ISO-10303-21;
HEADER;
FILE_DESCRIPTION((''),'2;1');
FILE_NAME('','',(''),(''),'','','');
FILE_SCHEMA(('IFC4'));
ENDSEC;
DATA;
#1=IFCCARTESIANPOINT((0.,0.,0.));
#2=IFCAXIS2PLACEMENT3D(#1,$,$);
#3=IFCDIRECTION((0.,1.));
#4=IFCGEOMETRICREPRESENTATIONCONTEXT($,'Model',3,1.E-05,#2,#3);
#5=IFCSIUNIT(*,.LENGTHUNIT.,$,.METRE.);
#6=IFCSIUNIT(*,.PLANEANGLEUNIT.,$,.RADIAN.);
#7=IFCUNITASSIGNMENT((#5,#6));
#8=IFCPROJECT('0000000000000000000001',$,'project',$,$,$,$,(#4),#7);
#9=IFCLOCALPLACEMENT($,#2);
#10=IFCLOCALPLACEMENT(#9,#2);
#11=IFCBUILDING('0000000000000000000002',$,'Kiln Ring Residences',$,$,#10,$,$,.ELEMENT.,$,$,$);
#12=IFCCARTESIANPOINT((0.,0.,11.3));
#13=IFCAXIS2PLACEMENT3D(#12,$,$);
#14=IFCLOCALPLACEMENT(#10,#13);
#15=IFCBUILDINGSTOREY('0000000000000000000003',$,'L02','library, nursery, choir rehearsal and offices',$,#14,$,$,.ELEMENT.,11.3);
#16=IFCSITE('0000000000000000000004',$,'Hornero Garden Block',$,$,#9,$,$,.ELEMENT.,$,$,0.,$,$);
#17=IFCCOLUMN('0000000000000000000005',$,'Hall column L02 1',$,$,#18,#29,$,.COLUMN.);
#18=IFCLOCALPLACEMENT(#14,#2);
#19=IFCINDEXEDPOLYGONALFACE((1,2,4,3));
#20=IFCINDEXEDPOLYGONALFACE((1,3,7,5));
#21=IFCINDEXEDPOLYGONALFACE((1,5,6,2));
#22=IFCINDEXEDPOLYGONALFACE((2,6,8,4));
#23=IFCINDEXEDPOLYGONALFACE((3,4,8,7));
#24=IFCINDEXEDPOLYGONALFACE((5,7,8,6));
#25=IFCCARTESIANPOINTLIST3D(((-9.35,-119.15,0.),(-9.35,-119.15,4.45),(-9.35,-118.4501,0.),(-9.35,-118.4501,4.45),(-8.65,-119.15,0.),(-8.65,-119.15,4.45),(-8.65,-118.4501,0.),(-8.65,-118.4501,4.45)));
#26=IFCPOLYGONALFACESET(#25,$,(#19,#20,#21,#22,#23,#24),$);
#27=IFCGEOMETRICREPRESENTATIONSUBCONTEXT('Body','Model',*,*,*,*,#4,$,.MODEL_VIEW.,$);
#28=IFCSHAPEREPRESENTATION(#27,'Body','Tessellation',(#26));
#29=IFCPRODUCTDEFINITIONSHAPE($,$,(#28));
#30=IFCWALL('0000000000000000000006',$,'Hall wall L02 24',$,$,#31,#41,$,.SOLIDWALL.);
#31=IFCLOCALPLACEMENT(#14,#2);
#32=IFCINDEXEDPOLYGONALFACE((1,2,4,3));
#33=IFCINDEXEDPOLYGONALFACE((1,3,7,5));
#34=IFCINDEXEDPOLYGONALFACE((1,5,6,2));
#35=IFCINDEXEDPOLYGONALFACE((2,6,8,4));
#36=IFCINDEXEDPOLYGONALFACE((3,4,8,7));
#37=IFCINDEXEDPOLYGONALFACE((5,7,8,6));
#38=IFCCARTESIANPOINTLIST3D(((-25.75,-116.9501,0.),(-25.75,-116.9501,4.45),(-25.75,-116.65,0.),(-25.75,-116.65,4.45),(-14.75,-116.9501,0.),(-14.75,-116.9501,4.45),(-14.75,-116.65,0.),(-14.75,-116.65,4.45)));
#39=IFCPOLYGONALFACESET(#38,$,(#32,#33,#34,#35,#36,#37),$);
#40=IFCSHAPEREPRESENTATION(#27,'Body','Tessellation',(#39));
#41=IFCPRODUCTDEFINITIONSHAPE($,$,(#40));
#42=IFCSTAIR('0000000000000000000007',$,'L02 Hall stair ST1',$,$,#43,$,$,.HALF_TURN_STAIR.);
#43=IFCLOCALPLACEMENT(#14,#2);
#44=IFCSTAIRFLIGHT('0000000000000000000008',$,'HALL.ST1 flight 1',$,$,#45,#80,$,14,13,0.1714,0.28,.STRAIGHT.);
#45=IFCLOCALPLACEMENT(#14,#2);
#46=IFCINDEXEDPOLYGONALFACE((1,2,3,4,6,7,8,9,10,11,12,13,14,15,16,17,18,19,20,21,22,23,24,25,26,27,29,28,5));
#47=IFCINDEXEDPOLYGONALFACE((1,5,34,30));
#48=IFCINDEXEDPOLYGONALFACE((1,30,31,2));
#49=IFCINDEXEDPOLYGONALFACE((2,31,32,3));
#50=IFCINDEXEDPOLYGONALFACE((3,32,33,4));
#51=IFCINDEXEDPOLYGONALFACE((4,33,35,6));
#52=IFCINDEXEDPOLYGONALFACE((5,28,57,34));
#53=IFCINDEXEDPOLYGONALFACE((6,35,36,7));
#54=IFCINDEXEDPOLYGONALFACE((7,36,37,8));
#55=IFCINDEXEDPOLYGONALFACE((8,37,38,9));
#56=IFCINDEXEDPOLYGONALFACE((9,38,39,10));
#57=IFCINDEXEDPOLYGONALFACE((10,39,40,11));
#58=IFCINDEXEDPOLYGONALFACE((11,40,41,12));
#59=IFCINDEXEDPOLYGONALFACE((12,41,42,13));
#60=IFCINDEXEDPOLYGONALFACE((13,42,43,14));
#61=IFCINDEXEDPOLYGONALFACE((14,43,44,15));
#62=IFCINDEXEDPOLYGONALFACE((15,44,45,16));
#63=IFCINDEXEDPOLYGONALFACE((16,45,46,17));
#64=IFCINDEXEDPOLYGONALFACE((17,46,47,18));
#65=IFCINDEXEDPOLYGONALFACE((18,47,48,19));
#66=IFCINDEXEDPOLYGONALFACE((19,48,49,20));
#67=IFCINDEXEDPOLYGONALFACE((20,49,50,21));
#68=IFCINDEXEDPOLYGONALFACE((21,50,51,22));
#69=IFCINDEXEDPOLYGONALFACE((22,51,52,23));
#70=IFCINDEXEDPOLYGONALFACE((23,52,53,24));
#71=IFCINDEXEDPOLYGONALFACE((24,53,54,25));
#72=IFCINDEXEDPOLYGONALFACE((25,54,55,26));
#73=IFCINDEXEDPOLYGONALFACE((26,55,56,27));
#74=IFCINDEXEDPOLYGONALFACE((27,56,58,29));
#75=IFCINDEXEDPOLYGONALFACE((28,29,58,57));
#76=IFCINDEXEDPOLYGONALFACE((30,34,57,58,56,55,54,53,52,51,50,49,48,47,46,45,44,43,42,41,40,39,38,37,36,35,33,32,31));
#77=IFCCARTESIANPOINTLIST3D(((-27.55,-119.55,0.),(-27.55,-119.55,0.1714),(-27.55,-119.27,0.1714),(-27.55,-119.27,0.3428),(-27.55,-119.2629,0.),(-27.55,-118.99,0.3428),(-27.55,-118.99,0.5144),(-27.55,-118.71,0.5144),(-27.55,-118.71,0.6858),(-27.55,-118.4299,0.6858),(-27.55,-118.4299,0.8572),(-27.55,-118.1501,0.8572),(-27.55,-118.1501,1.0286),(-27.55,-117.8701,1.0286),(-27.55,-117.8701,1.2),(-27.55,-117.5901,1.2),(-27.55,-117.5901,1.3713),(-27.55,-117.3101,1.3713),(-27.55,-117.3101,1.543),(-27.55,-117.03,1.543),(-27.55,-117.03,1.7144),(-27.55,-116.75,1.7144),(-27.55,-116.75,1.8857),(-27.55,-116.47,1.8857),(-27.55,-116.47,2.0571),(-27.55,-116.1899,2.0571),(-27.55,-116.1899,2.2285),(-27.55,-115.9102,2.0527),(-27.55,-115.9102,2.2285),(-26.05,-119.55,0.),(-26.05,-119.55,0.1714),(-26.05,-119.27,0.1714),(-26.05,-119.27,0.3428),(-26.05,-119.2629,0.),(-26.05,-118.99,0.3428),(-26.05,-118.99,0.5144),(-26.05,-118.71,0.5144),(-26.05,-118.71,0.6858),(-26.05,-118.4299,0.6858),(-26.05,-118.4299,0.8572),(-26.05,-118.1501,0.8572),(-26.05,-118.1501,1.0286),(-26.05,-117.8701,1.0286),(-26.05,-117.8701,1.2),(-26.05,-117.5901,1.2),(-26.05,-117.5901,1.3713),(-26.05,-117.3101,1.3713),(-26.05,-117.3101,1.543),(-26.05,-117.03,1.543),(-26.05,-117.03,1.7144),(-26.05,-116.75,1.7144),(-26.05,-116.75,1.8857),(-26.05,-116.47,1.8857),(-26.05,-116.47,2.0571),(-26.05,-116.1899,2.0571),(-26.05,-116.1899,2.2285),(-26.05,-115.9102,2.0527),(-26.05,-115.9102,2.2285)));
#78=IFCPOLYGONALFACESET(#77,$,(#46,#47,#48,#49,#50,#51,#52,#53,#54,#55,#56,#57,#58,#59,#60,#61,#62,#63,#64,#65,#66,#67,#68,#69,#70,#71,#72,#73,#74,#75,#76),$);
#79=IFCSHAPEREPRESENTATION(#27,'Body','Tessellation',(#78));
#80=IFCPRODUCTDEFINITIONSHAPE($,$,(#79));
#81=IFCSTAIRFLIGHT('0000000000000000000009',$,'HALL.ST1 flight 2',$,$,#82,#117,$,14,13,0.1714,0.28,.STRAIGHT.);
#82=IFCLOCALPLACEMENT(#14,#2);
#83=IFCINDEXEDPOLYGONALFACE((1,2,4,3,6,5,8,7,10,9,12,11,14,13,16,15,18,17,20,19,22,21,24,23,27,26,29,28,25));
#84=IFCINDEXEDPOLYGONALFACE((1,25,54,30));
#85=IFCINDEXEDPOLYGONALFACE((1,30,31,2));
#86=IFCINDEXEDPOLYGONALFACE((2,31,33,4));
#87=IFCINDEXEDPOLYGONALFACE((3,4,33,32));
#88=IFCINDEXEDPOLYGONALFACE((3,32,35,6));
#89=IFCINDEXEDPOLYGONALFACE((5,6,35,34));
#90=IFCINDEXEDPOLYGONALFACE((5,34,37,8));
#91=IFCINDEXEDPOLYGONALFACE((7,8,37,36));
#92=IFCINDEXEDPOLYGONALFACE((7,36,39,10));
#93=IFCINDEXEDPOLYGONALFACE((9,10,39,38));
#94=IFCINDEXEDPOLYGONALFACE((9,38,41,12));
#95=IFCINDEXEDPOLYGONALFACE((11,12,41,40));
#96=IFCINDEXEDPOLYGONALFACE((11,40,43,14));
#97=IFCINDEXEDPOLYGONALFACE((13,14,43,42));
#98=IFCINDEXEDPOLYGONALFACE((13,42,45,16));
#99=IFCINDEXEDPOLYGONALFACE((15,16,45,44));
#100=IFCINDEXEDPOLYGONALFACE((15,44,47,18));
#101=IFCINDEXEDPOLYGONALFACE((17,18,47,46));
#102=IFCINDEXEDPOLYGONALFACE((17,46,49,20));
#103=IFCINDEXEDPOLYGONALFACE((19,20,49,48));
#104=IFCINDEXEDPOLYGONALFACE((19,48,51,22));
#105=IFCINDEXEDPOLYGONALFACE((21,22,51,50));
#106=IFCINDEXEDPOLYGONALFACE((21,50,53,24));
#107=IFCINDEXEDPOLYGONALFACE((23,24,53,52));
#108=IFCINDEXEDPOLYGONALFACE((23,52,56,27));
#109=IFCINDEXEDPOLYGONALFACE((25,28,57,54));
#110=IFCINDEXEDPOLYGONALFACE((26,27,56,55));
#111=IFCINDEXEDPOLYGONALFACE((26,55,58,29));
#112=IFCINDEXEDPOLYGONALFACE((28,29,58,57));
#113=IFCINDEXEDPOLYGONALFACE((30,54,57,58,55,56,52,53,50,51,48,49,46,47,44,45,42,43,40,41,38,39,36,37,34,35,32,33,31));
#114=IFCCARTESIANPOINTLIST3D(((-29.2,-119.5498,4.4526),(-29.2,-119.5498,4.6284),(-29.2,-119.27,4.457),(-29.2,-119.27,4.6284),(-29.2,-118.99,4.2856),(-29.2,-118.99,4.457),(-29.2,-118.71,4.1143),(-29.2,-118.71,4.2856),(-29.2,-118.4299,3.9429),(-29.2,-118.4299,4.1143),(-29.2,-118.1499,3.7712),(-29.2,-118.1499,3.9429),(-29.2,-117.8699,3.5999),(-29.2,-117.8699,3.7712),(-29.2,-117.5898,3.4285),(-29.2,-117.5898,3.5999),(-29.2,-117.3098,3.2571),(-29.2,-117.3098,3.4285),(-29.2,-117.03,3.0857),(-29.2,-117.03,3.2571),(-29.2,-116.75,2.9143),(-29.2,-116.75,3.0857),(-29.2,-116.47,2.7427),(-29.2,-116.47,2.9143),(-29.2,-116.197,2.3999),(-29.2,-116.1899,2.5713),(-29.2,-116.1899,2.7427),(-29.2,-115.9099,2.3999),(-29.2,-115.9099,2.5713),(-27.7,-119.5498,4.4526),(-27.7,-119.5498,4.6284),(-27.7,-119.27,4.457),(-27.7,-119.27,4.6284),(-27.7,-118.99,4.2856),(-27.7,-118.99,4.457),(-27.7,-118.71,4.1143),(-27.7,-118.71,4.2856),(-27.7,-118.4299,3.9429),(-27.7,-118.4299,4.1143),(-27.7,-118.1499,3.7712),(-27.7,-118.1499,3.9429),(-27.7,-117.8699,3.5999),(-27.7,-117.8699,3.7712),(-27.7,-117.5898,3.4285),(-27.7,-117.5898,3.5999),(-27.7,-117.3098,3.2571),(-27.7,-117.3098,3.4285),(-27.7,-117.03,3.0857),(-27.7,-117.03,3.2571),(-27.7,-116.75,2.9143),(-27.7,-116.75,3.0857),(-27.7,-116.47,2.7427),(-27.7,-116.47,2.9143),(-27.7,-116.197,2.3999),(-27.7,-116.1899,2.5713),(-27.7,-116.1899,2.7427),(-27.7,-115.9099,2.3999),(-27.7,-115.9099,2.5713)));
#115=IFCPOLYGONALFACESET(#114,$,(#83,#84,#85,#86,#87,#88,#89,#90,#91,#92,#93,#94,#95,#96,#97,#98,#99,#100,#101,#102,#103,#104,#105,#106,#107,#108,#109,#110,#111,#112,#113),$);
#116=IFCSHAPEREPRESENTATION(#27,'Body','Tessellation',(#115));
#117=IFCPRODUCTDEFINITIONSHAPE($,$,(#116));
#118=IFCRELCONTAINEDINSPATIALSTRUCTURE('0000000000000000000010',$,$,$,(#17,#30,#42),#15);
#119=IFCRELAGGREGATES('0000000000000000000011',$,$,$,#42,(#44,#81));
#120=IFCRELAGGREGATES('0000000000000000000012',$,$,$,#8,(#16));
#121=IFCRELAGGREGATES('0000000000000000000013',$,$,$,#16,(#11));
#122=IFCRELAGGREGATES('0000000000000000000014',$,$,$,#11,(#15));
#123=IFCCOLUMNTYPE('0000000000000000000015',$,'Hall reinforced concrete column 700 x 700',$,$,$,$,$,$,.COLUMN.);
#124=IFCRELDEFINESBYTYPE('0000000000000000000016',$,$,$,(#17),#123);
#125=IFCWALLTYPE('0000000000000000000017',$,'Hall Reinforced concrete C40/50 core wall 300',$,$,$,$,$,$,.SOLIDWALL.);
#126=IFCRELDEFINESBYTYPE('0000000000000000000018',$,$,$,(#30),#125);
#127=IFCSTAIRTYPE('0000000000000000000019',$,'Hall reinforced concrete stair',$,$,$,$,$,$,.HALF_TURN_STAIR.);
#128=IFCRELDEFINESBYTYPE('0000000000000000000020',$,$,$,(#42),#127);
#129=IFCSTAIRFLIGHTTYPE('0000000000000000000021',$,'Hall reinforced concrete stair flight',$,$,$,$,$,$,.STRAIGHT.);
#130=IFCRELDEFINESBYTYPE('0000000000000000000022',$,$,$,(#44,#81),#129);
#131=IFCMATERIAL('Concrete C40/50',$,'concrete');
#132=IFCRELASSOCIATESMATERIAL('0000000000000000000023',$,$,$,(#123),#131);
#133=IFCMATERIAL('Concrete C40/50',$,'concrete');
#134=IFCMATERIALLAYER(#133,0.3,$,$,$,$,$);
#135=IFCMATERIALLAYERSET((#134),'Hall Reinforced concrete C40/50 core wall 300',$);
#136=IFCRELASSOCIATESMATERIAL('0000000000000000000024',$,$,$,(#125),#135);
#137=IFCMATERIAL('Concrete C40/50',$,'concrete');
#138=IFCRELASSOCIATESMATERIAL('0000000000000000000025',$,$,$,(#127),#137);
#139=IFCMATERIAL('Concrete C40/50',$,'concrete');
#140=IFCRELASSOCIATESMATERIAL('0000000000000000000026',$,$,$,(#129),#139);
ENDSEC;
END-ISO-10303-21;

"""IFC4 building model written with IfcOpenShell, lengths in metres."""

from ifc_helpers import new_model, si_unit, direction, frame, frame_2d, origin, origin_2d, place, context, subcontext, project, spatial, polyline, rectangle, outline, extrude, material, layer, layer_set, material_profile, profile_set, type_object, element, aggregate, save


model = new_model("IFC4")

# Units and contexts
model_context = context("Model", 3, precision=1e-05, world=origin(), true_north=direction((0.0, 1.0)))
body_context = subcontext(model_context, "Body", "Model", "MODEL_VIEW")
ifc_project = project(units=[si_unit("LENGTHUNIT", "METRE"), si_unit("PLANEANGLEUNIT", "RADIAN")], contexts=[model_context])

# Site, building, storey
site_placement = place(None, origin())
site = spatial("IfcSite", under=ifc_project, at=site_placement, Name="Hornero Garden Block", CompositionType="ELEMENT", RefElevation=0.0)
building_placement = place(site_placement, origin())
building = spatial("IfcBuilding", under=site, at=building_placement, Name="Kiln Ring Residences", CompositionType="ELEMENT")
storey_placement = place(building_placement, frame((0.0, 0.0, 11.3)))
storey = spatial("IfcBuildingStorey", under=building, at=storey_placement, Name="L02", Description="library, nursery, choir rehearsal and offices", CompositionType="ELEMENT", Elevation=11.3)

# Column
ifc_material_1 = material(Name="Concrete C40/50", Category="concrete")
ifc_material_profile = material_profile(ifc_material_1, rectangle(XDim=0.7, YDim=0.7, at=origin_2d()), Name="Hall reinforced concrete column 700 x 700")
ifc_profile_set = profile_set([ifc_material_profile], Name="Concrete C40/50")
column_type = type_object("IfcColumnType", Name="Hall reinforced concrete column 700 x 700", PredefinedType="COLUMN", material=ifc_profile_set)
column_placement = place(storey_placement, frame((-9.0, -118.8, 0.0), z_axis=(0.0, 0.0, 1.0), x_axis=(1.0, 0.0, 0.0)))
element("IfcColumn", 1, at=column_placement, inside=storey, type_object=column_type, Name="Hall column L02 1", PredefinedType="COLUMN", context=body_context, shape_type="SweptSolid", body=[
    extrude(rectangle(XDim=0.7, YDim=0.7, at=origin_2d()), origin(), (0.0, 0.0, 1.0), 4.45),
])

# Wall
ifc_material_2 = material(Name="Concrete C40/50", Category="concrete")
ifc_layer = layer(ifc_material_2, 0.3)
ifc_layer_set = layer_set([ifc_layer], Name="Hall Reinforced concrete C40/50 core wall 300")
wall_type = type_object("IfcWallType", Name="Hall Reinforced concrete C40/50 core wall 300", PredefinedType="SOLIDWALL", material=ifc_layer_set)
wall_placement = place(storey_placement, frame((-25.75, -116.8, 0.0), z_axis=(0.0, 0.0, 1.0), x_axis=(1.0, 0.0, 0.0)))
element("IfcWall", 2, at=wall_placement, inside=storey, type_object=wall_type, Name="Hall wall L02 24", PredefinedType="SOLIDWALL", context=body_context, shape_type="SweptSolid", body=[
    extrude(rectangle(XDim=11.0, YDim=0.3, at=frame_2d((5.5, 0.0))), origin(), (0.0, 0.0, 1.0), 4.45),
])

# Stair, stair flights
ifc_material_3 = material(Name="Concrete C40/50", Category="concrete")
stair_type = type_object("IfcStairType", Name="Hall reinforced concrete stair", PredefinedType="HALF_TURN_STAIR", material=ifc_material_3)
stair_placement = place(storey_placement, origin())
stair = element("IfcStair", 3, at=stair_placement, inside=storey, type_object=stair_type, Name="L02 Hall stair ST1", PredefinedType="HALF_TURN_STAIR")
ifc_material_4 = material(Name="Concrete C40/50", Category="concrete")
stair_flight_type = type_object("IfcStairFlightType", Name="Hall reinforced concrete stair flight", PredefinedType="STRAIGHT", material=ifc_material_4)
stair_flight_1_placement = place(storey_placement, frame((-26.8, -119.55, 0.0), z_axis=(0.0, 0.0, 1.0), x_axis=(0.0, 1.0, 0.0)))
stair_flight_1 = element("IfcStairFlight", 4, at=stair_flight_1_placement, type_object=stair_flight_type, Name="HALL.ST1 flight 1", NumberOfRisers=14, NumberOfTreads=13, PredefinedType="STRAIGHT", RiserHeight=0.1714, TreadLength=0.28, context=body_context, shape_type="SweptSolid", body=[
    extrude(outline(polyline([(0.0, 0.0), (0.0, 0.1714), (0.28, 0.1714), (0.28, 0.3428), (0.5601, 0.3428), (0.5601, 0.5144), (0.8401, 0.5144), (0.8401, 0.6858), (1.1201, 0.6858), (1.1201, 0.8572), (1.3999, 0.8572), (1.3999, 1.0286), (1.6799, 1.0286), (1.6799, 1.2), (1.96, 1.2), (1.96, 1.3713), (2.24, 1.3713), (2.24, 1.543), (2.52, 1.543), (2.52, 1.7144), (2.8, 1.7144), (2.8, 1.8857), (3.0801, 1.8857), (3.0801, 2.0571), (3.3601, 2.0571), (3.3601, 2.2285), (3.6399, 2.2285), (3.6399, 2.3999), (3.6399, 2.0527), (0.2871, 0.0), (0.0, 0.0)])), frame((0.0, 0.75, 0.0), z_axis=(0.0, -1.0, 0.0), x_axis=(1.0, 0.0, 0.0)), (0.0, 0.0, 1.0), 1.5),
])
stair_flight_2_placement = place(storey_placement, frame((-28.45, -115.9099, 2.3999), z_axis=(0.0, 0.0, 1.0), x_axis=(0.0, -1.0, 0.0)))
stair_flight_2 = element("IfcStairFlight", 5, at=stair_flight_2_placement, type_object=stair_flight_type, Name="HALL.ST1 flight 2", NumberOfRisers=14, NumberOfTreads=13, PredefinedType="STRAIGHT", RiserHeight=0.1714, TreadLength=0.28, context=body_context, shape_type="SweptSolid", body=[
    extrude(outline(polyline([(0.0, 0.0), (0.0, 0.1714), (0.28, 0.1714), (0.28, 0.3428), (0.5601, 0.3428), (0.5601, 0.5144), (0.8401, 0.5144), (0.8401, 0.6858), (1.1201, 0.6858), (1.1201, 0.8572), (1.3999, 0.8572), (1.3999, 1.0286), (1.6799, 1.0286), (1.6799, 1.2), (1.96, 1.2), (1.96, 1.3713), (2.24, 1.3713), (2.24, 1.543), (2.52, 1.543), (2.52, 1.7144), (2.8, 1.7144), (2.8, 1.8857), (3.0801, 1.8857), (3.0801, 2.0571), (3.3601, 2.0571), (3.3601, 2.2285), (3.6399, 2.2285), (3.6399, 2.3999), (3.6399, 2.0527), (0.2871, 0.0), (0.0, 0.0)])), frame((0.0, 0.75, 0.0), z_axis=(0.0, -1.0, 0.0), x_axis=(1.0, 0.0, 0.0)), (0.0, 0.0, 1.0), 1.5),
])
aggregate(stair, [stair_flight_1, stair_flight_2])

save(model, "model.ifc")
